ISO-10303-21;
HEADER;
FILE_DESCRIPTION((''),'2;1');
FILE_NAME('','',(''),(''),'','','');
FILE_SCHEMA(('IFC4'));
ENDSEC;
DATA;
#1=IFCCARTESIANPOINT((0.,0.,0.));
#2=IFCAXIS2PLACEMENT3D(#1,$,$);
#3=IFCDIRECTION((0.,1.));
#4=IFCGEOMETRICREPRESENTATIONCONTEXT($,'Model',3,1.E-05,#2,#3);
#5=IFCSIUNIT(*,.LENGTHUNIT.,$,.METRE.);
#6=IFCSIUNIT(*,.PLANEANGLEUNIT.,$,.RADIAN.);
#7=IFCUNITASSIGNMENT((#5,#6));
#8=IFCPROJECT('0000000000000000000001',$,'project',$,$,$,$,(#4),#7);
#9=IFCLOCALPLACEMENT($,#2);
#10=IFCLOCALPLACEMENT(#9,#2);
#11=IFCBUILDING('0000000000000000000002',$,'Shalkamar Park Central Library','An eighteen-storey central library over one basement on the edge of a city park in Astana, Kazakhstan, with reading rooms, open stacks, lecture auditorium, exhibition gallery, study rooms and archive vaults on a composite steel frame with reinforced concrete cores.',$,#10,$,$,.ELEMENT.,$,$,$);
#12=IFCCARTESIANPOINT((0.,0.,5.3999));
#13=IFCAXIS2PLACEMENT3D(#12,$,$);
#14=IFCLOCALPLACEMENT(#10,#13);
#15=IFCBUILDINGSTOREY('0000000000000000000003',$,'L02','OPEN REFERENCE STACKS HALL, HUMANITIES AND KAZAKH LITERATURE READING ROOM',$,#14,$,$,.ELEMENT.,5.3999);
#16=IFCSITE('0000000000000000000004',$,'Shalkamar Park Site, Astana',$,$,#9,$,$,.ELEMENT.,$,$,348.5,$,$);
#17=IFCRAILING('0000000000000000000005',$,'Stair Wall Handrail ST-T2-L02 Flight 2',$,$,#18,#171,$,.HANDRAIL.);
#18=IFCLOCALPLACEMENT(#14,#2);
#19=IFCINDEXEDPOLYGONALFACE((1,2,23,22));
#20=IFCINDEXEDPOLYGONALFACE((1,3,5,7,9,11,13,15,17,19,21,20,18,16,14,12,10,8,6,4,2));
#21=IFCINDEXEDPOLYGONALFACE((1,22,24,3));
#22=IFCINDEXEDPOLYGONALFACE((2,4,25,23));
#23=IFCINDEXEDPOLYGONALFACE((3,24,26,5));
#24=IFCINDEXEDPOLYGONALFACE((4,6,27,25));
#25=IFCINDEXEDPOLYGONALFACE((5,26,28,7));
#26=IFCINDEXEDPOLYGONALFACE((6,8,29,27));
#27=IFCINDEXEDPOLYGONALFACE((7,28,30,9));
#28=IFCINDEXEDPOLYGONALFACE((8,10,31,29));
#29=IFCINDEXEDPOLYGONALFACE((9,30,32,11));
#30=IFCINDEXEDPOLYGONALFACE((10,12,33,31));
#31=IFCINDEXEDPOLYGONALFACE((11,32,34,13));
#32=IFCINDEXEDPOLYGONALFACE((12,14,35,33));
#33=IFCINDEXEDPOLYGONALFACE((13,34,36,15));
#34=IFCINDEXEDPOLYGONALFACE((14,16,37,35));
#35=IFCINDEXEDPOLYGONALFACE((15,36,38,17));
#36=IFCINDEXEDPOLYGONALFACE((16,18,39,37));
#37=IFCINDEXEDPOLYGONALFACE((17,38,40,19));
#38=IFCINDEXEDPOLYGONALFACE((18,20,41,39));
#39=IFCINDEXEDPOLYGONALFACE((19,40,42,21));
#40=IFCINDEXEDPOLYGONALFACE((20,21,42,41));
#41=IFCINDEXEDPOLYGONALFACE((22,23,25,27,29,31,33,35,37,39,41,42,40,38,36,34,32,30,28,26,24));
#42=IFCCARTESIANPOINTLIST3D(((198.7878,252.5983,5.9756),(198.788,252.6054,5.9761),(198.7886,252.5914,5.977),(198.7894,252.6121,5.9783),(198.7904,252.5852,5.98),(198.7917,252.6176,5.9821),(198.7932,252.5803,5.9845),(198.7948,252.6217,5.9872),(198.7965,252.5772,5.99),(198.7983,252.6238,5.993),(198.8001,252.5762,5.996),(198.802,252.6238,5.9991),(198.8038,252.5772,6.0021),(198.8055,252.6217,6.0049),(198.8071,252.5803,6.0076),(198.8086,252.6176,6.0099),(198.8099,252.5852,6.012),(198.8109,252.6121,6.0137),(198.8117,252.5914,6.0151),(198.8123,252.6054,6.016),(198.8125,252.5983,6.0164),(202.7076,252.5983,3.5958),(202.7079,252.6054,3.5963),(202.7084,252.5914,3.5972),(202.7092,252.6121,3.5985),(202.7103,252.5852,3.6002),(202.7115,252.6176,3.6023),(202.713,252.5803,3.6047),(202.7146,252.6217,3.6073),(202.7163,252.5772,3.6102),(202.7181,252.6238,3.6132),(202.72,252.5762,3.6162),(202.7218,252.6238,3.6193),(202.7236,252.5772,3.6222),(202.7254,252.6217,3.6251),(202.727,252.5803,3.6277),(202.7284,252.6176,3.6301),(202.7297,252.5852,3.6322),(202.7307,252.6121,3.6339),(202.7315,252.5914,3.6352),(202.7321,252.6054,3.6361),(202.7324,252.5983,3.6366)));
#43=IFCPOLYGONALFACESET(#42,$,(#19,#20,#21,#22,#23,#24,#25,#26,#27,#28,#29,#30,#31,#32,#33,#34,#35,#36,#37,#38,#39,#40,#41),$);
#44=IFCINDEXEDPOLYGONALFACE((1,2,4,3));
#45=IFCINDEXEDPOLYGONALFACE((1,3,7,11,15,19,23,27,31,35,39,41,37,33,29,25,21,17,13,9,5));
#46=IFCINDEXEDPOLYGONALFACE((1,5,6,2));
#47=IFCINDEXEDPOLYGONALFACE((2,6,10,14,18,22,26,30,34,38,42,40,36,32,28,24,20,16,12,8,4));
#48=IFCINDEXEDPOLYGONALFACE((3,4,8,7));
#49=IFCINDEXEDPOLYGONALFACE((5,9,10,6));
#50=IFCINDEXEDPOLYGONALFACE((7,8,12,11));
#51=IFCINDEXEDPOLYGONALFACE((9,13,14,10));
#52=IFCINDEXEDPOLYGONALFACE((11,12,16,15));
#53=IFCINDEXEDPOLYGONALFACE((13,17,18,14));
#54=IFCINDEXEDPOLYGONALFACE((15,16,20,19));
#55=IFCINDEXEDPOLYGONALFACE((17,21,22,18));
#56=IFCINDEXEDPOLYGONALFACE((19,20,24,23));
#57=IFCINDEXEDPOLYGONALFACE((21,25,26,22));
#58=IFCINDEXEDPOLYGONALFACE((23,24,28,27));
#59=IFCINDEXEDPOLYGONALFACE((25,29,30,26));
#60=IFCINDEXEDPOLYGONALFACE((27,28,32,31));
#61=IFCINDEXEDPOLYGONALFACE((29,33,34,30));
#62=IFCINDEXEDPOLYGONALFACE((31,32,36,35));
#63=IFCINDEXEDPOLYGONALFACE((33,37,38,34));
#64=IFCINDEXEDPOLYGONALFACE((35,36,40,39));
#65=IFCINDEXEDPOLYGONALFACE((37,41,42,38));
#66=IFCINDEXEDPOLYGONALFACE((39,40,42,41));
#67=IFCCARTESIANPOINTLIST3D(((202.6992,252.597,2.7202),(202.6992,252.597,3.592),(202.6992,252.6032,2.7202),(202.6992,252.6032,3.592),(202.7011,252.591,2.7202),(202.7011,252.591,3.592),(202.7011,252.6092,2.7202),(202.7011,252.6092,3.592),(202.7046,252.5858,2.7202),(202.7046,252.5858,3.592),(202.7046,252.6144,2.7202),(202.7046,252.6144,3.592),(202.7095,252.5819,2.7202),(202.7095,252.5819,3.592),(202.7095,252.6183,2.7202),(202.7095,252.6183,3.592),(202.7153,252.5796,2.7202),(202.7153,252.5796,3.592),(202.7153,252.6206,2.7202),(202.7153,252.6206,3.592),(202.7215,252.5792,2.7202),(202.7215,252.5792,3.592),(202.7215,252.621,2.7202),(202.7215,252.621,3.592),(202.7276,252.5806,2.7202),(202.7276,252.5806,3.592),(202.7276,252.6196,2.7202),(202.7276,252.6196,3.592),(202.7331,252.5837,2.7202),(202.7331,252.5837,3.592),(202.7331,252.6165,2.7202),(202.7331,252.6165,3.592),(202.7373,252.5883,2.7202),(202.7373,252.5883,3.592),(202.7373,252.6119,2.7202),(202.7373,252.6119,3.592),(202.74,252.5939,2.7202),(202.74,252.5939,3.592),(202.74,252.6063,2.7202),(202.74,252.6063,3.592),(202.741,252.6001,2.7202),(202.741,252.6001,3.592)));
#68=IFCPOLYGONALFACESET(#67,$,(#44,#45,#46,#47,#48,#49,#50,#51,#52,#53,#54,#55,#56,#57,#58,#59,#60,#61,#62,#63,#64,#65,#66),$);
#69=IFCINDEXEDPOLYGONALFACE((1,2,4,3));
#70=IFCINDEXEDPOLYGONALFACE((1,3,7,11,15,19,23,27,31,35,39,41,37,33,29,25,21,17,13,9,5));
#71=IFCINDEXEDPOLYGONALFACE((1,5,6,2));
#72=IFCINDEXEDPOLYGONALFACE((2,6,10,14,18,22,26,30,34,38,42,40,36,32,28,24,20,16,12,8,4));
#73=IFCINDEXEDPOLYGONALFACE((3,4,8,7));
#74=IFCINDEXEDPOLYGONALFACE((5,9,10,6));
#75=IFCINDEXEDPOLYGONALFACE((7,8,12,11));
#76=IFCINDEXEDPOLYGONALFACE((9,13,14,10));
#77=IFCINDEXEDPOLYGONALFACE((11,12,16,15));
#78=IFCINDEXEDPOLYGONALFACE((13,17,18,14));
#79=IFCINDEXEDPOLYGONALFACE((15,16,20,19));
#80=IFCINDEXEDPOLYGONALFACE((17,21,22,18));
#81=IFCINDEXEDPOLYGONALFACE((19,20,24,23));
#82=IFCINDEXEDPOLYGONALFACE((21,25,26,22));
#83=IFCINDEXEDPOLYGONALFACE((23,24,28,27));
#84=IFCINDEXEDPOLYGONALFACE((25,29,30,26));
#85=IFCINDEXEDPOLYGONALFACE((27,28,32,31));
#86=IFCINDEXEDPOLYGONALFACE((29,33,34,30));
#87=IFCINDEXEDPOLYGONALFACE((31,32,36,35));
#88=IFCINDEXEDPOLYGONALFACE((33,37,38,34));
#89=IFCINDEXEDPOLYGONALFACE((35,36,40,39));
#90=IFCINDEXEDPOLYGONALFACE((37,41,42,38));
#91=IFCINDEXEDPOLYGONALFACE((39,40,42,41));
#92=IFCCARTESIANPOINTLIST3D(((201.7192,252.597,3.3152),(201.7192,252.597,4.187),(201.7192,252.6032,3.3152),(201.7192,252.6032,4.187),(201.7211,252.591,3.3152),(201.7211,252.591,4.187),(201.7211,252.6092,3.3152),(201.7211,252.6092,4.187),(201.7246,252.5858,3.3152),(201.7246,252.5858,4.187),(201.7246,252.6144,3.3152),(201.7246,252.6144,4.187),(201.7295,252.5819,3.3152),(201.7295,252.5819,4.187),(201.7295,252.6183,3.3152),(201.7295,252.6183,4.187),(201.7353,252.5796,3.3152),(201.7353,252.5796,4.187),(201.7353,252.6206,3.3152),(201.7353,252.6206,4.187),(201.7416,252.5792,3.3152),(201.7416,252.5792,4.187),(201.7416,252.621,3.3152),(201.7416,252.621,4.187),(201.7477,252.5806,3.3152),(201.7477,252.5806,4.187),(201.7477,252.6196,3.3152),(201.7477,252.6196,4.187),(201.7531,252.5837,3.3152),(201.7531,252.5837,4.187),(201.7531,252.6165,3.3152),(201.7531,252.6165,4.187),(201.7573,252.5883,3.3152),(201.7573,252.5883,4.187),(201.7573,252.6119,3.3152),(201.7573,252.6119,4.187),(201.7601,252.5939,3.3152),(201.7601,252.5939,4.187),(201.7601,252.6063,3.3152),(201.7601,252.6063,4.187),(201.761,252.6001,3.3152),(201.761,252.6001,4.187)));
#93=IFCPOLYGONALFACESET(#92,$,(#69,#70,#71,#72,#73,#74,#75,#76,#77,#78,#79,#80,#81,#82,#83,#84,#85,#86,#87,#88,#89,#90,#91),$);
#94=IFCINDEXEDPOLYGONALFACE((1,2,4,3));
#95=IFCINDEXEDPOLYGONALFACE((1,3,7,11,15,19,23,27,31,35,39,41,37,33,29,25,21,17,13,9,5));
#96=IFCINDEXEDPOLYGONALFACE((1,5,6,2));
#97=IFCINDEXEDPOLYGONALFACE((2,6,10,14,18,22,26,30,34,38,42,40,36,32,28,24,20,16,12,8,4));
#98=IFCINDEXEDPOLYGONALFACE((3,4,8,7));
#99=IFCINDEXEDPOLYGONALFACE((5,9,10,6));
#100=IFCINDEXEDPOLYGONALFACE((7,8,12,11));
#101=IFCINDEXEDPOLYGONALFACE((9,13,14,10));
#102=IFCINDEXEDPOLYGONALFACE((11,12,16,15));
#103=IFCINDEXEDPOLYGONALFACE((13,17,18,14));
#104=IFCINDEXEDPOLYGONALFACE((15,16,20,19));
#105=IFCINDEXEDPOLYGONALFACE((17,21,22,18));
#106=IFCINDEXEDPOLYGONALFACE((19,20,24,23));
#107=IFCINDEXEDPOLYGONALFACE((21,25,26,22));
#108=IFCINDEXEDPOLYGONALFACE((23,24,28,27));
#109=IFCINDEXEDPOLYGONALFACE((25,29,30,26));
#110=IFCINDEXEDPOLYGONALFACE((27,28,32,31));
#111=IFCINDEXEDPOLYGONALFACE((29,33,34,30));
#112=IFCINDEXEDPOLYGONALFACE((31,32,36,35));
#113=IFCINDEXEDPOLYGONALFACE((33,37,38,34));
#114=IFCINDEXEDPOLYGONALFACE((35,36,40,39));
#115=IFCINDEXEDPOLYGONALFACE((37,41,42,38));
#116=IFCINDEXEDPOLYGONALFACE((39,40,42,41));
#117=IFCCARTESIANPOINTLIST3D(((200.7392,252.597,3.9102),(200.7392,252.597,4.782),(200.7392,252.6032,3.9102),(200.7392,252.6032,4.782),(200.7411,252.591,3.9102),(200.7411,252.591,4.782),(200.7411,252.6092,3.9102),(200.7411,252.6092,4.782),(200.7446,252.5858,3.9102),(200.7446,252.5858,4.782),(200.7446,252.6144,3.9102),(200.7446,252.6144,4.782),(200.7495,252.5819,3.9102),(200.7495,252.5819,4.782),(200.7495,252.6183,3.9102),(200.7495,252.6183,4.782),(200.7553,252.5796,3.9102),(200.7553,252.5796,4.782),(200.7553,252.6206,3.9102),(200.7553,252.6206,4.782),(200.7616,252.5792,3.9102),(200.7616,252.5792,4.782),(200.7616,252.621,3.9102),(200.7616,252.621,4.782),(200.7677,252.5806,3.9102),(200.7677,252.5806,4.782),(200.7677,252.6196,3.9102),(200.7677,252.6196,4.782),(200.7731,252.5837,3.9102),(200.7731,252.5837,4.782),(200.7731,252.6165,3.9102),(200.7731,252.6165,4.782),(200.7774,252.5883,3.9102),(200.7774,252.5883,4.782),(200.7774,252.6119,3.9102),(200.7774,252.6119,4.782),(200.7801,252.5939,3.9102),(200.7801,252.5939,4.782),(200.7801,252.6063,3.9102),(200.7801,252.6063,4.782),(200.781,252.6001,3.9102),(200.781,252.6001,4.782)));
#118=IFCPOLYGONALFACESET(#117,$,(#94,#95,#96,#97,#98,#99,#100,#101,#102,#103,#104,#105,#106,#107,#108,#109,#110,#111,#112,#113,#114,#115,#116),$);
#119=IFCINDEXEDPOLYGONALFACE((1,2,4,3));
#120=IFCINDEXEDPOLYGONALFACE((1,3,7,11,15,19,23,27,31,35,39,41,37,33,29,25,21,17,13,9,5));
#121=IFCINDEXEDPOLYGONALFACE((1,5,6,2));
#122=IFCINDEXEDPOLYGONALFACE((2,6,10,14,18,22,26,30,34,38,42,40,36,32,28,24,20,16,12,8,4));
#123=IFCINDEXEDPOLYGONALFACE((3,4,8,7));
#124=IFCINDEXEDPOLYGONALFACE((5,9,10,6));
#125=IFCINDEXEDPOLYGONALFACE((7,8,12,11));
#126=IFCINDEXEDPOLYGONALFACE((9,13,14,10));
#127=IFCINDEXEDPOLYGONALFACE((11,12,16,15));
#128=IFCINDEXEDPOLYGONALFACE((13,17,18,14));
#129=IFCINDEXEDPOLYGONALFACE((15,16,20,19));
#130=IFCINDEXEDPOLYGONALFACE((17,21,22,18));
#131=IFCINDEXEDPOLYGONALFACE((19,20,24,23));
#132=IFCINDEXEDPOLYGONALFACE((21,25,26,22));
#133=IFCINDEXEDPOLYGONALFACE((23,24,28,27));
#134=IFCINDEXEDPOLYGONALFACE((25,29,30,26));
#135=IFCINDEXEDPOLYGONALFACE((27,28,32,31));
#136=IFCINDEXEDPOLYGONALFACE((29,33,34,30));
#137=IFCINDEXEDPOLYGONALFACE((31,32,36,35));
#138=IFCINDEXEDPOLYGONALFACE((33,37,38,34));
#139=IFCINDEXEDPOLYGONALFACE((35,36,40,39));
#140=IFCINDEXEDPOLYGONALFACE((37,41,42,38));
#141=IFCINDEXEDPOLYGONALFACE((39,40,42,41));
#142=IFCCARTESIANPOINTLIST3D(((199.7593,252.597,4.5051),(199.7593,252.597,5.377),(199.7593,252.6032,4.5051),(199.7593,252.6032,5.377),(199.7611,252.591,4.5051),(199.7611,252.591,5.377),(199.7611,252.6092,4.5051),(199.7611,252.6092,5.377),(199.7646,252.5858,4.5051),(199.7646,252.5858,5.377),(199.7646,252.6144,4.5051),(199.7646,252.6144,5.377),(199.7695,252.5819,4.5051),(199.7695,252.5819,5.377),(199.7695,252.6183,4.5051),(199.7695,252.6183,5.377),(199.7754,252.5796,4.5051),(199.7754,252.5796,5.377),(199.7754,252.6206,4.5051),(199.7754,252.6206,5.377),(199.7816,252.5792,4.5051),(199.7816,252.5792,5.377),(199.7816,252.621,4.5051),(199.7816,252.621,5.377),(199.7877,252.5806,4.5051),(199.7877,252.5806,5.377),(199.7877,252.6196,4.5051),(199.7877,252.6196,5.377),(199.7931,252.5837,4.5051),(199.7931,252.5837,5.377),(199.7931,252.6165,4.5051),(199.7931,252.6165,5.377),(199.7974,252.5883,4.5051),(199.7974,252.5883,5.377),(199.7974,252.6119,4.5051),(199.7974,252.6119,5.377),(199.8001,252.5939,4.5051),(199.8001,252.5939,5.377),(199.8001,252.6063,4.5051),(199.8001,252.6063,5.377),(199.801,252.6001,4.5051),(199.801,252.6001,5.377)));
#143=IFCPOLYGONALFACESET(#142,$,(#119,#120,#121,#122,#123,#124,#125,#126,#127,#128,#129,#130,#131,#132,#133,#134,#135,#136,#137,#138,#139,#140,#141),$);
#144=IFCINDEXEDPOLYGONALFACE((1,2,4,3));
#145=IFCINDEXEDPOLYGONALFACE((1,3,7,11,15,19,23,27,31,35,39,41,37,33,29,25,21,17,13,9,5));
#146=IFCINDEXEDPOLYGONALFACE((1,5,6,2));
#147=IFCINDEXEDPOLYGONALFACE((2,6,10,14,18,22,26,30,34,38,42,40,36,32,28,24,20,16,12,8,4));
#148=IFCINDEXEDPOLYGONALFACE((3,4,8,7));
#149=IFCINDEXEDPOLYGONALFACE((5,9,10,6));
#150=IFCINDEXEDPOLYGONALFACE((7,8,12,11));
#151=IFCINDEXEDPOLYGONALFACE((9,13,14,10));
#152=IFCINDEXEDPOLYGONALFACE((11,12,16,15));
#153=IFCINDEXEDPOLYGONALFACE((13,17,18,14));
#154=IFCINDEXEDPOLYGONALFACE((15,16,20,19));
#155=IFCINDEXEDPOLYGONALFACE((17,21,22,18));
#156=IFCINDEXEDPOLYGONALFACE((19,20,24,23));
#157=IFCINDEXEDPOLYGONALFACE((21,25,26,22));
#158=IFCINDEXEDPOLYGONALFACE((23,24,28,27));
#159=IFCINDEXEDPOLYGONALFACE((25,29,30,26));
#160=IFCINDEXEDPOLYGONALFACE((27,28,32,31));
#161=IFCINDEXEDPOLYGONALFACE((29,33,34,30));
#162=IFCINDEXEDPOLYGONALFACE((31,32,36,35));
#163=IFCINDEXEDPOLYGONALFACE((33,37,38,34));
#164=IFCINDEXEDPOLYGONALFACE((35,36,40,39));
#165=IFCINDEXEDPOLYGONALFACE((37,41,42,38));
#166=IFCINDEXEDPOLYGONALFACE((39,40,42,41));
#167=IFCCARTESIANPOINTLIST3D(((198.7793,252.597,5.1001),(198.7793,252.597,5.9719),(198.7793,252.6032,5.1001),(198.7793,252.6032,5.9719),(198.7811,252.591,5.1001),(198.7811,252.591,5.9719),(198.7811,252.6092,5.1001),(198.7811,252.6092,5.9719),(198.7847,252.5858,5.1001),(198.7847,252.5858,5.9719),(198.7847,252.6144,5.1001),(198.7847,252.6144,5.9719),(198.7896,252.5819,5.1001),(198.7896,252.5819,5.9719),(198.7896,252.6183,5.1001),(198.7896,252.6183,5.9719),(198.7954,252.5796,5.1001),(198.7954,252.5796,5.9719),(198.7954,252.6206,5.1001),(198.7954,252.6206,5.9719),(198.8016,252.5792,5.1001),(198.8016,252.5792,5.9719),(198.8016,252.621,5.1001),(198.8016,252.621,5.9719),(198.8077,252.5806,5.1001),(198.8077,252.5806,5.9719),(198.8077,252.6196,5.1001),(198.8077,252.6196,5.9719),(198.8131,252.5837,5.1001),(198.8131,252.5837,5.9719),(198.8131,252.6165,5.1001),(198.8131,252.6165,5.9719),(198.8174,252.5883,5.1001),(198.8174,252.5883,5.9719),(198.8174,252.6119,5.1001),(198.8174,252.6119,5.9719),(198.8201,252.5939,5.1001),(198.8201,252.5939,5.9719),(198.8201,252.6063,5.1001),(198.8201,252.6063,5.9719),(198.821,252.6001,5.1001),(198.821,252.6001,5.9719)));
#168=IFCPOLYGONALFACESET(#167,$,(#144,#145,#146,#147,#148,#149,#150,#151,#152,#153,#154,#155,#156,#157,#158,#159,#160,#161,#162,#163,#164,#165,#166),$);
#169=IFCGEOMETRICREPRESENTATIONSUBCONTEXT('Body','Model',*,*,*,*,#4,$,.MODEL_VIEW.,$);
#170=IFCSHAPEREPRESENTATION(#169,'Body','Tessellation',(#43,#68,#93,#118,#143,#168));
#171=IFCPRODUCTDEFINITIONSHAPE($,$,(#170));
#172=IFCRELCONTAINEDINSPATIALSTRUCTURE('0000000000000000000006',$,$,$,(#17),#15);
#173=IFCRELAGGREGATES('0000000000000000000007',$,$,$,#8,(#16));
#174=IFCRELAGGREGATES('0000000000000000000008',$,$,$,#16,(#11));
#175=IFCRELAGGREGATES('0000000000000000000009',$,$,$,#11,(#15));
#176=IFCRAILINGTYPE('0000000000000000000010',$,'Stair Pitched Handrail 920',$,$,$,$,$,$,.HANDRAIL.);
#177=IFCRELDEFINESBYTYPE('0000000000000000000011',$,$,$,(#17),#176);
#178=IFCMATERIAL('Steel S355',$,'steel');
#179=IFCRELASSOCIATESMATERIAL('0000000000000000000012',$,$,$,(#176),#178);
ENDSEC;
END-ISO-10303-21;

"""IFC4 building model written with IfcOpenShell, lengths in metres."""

from ifc_helpers import new_model, si_unit, direction, frame, origin, origin_2d, place, context, subcontext, project, spatial, circle, extrude, material, type_object, element, save


model = new_model("IFC4")

# Units and contexts
model_context = context("Model", 3, precision=1e-05, world=origin(), true_north=direction((0.0, 1.0)))
body_context = subcontext(model_context, "Body", "Model", "MODEL_VIEW")
ifc_project = project(units=[si_unit("LENGTHUNIT", "METRE"), si_unit("PLANEANGLEUNIT", "RADIAN")], contexts=[model_context])

# Site, building, storey
site_placement = place(None, origin())
site = spatial("IfcSite", under=ifc_project, at=site_placement, Name="Shalkamar Park Site, Astana", CompositionType="ELEMENT", RefElevation=348.5)
building_placement = place(site_placement, origin())
building = spatial("IfcBuilding", under=site, at=building_placement, Name="Shalkamar Park Central Library", Description="An eighteen-storey central library over one basement on the edge of a city park in Astana, Kazakhstan, with reading rooms, open stacks, lecture auditorium, exhibition gallery, study rooms and archive vaults on a composite steel frame with reinforced concrete cores.", CompositionType="ELEMENT")
storey_placement = place(building_placement, frame((0.0, 0.0, 5.3999)))
storey = spatial("IfcBuildingStorey", under=building, at=storey_placement, Name="L02", Description="OPEN REFERENCE STACKS HALL, HUMANITIES AND KAZAKH LITERATURE READING ROOM", CompositionType="ELEMENT", Elevation=5.3999)

# Shared definitions
ifc_material_1 = material(Name="Steel S355", Category="steel")

# Railing
railing_type_1 = type_object("IfcRailingType", Name="Stair Pitched Handrail 920", PredefinedType="HANDRAIL", material=ifc_material_1)
railing_1_placement = place(storey_placement, frame((202.72, 252.6001, 2.7202)))
element("IfcRailing", 1, at=railing_1_placement, inside=storey, type_object=railing_type_1, Name="Stair Wall Handrail ST-T2-L02 Flight 2", PredefinedType="HANDRAIL", context=body_context, shape_type="SweptSolid", body=[
    extrude(circle(Radius=0.0239, at=origin_2d()), frame((0.0, 0.0, 0.896), z_axis=(-0.854794, 0.0, 0.518967), x_axis=(0.0, -1.0, 0.0)), (0.0, 0.0, 1.0), 4.5857),
    extrude(circle(Radius=0.021, at=origin_2d()), origin(), (0.0, 0.0, 1.0), 0.8718),
    extrude(circle(Radius=0.021, at=origin_2d()), frame((-0.98, 0.0, 0.595)), (0.0, 0.0, 1.0), 0.8718),
    extrude(circle(Radius=0.021, at=origin_2d()), frame((-1.96, 0.0, 1.1899)), (0.0, 0.0, 1.0), 0.8718),
    extrude(circle(Radius=0.021, at=origin_2d()), frame((-2.9399, 0.0, 1.7849)), (0.0, 0.0, 1.0), 0.8718),
    extrude(circle(Radius=0.021, at=origin_2d()), frame((-3.9199, 0.0, 2.3799)), (0.0, 0.0, 1.0), 0.8718),
])

save(model, "model.ifc")
